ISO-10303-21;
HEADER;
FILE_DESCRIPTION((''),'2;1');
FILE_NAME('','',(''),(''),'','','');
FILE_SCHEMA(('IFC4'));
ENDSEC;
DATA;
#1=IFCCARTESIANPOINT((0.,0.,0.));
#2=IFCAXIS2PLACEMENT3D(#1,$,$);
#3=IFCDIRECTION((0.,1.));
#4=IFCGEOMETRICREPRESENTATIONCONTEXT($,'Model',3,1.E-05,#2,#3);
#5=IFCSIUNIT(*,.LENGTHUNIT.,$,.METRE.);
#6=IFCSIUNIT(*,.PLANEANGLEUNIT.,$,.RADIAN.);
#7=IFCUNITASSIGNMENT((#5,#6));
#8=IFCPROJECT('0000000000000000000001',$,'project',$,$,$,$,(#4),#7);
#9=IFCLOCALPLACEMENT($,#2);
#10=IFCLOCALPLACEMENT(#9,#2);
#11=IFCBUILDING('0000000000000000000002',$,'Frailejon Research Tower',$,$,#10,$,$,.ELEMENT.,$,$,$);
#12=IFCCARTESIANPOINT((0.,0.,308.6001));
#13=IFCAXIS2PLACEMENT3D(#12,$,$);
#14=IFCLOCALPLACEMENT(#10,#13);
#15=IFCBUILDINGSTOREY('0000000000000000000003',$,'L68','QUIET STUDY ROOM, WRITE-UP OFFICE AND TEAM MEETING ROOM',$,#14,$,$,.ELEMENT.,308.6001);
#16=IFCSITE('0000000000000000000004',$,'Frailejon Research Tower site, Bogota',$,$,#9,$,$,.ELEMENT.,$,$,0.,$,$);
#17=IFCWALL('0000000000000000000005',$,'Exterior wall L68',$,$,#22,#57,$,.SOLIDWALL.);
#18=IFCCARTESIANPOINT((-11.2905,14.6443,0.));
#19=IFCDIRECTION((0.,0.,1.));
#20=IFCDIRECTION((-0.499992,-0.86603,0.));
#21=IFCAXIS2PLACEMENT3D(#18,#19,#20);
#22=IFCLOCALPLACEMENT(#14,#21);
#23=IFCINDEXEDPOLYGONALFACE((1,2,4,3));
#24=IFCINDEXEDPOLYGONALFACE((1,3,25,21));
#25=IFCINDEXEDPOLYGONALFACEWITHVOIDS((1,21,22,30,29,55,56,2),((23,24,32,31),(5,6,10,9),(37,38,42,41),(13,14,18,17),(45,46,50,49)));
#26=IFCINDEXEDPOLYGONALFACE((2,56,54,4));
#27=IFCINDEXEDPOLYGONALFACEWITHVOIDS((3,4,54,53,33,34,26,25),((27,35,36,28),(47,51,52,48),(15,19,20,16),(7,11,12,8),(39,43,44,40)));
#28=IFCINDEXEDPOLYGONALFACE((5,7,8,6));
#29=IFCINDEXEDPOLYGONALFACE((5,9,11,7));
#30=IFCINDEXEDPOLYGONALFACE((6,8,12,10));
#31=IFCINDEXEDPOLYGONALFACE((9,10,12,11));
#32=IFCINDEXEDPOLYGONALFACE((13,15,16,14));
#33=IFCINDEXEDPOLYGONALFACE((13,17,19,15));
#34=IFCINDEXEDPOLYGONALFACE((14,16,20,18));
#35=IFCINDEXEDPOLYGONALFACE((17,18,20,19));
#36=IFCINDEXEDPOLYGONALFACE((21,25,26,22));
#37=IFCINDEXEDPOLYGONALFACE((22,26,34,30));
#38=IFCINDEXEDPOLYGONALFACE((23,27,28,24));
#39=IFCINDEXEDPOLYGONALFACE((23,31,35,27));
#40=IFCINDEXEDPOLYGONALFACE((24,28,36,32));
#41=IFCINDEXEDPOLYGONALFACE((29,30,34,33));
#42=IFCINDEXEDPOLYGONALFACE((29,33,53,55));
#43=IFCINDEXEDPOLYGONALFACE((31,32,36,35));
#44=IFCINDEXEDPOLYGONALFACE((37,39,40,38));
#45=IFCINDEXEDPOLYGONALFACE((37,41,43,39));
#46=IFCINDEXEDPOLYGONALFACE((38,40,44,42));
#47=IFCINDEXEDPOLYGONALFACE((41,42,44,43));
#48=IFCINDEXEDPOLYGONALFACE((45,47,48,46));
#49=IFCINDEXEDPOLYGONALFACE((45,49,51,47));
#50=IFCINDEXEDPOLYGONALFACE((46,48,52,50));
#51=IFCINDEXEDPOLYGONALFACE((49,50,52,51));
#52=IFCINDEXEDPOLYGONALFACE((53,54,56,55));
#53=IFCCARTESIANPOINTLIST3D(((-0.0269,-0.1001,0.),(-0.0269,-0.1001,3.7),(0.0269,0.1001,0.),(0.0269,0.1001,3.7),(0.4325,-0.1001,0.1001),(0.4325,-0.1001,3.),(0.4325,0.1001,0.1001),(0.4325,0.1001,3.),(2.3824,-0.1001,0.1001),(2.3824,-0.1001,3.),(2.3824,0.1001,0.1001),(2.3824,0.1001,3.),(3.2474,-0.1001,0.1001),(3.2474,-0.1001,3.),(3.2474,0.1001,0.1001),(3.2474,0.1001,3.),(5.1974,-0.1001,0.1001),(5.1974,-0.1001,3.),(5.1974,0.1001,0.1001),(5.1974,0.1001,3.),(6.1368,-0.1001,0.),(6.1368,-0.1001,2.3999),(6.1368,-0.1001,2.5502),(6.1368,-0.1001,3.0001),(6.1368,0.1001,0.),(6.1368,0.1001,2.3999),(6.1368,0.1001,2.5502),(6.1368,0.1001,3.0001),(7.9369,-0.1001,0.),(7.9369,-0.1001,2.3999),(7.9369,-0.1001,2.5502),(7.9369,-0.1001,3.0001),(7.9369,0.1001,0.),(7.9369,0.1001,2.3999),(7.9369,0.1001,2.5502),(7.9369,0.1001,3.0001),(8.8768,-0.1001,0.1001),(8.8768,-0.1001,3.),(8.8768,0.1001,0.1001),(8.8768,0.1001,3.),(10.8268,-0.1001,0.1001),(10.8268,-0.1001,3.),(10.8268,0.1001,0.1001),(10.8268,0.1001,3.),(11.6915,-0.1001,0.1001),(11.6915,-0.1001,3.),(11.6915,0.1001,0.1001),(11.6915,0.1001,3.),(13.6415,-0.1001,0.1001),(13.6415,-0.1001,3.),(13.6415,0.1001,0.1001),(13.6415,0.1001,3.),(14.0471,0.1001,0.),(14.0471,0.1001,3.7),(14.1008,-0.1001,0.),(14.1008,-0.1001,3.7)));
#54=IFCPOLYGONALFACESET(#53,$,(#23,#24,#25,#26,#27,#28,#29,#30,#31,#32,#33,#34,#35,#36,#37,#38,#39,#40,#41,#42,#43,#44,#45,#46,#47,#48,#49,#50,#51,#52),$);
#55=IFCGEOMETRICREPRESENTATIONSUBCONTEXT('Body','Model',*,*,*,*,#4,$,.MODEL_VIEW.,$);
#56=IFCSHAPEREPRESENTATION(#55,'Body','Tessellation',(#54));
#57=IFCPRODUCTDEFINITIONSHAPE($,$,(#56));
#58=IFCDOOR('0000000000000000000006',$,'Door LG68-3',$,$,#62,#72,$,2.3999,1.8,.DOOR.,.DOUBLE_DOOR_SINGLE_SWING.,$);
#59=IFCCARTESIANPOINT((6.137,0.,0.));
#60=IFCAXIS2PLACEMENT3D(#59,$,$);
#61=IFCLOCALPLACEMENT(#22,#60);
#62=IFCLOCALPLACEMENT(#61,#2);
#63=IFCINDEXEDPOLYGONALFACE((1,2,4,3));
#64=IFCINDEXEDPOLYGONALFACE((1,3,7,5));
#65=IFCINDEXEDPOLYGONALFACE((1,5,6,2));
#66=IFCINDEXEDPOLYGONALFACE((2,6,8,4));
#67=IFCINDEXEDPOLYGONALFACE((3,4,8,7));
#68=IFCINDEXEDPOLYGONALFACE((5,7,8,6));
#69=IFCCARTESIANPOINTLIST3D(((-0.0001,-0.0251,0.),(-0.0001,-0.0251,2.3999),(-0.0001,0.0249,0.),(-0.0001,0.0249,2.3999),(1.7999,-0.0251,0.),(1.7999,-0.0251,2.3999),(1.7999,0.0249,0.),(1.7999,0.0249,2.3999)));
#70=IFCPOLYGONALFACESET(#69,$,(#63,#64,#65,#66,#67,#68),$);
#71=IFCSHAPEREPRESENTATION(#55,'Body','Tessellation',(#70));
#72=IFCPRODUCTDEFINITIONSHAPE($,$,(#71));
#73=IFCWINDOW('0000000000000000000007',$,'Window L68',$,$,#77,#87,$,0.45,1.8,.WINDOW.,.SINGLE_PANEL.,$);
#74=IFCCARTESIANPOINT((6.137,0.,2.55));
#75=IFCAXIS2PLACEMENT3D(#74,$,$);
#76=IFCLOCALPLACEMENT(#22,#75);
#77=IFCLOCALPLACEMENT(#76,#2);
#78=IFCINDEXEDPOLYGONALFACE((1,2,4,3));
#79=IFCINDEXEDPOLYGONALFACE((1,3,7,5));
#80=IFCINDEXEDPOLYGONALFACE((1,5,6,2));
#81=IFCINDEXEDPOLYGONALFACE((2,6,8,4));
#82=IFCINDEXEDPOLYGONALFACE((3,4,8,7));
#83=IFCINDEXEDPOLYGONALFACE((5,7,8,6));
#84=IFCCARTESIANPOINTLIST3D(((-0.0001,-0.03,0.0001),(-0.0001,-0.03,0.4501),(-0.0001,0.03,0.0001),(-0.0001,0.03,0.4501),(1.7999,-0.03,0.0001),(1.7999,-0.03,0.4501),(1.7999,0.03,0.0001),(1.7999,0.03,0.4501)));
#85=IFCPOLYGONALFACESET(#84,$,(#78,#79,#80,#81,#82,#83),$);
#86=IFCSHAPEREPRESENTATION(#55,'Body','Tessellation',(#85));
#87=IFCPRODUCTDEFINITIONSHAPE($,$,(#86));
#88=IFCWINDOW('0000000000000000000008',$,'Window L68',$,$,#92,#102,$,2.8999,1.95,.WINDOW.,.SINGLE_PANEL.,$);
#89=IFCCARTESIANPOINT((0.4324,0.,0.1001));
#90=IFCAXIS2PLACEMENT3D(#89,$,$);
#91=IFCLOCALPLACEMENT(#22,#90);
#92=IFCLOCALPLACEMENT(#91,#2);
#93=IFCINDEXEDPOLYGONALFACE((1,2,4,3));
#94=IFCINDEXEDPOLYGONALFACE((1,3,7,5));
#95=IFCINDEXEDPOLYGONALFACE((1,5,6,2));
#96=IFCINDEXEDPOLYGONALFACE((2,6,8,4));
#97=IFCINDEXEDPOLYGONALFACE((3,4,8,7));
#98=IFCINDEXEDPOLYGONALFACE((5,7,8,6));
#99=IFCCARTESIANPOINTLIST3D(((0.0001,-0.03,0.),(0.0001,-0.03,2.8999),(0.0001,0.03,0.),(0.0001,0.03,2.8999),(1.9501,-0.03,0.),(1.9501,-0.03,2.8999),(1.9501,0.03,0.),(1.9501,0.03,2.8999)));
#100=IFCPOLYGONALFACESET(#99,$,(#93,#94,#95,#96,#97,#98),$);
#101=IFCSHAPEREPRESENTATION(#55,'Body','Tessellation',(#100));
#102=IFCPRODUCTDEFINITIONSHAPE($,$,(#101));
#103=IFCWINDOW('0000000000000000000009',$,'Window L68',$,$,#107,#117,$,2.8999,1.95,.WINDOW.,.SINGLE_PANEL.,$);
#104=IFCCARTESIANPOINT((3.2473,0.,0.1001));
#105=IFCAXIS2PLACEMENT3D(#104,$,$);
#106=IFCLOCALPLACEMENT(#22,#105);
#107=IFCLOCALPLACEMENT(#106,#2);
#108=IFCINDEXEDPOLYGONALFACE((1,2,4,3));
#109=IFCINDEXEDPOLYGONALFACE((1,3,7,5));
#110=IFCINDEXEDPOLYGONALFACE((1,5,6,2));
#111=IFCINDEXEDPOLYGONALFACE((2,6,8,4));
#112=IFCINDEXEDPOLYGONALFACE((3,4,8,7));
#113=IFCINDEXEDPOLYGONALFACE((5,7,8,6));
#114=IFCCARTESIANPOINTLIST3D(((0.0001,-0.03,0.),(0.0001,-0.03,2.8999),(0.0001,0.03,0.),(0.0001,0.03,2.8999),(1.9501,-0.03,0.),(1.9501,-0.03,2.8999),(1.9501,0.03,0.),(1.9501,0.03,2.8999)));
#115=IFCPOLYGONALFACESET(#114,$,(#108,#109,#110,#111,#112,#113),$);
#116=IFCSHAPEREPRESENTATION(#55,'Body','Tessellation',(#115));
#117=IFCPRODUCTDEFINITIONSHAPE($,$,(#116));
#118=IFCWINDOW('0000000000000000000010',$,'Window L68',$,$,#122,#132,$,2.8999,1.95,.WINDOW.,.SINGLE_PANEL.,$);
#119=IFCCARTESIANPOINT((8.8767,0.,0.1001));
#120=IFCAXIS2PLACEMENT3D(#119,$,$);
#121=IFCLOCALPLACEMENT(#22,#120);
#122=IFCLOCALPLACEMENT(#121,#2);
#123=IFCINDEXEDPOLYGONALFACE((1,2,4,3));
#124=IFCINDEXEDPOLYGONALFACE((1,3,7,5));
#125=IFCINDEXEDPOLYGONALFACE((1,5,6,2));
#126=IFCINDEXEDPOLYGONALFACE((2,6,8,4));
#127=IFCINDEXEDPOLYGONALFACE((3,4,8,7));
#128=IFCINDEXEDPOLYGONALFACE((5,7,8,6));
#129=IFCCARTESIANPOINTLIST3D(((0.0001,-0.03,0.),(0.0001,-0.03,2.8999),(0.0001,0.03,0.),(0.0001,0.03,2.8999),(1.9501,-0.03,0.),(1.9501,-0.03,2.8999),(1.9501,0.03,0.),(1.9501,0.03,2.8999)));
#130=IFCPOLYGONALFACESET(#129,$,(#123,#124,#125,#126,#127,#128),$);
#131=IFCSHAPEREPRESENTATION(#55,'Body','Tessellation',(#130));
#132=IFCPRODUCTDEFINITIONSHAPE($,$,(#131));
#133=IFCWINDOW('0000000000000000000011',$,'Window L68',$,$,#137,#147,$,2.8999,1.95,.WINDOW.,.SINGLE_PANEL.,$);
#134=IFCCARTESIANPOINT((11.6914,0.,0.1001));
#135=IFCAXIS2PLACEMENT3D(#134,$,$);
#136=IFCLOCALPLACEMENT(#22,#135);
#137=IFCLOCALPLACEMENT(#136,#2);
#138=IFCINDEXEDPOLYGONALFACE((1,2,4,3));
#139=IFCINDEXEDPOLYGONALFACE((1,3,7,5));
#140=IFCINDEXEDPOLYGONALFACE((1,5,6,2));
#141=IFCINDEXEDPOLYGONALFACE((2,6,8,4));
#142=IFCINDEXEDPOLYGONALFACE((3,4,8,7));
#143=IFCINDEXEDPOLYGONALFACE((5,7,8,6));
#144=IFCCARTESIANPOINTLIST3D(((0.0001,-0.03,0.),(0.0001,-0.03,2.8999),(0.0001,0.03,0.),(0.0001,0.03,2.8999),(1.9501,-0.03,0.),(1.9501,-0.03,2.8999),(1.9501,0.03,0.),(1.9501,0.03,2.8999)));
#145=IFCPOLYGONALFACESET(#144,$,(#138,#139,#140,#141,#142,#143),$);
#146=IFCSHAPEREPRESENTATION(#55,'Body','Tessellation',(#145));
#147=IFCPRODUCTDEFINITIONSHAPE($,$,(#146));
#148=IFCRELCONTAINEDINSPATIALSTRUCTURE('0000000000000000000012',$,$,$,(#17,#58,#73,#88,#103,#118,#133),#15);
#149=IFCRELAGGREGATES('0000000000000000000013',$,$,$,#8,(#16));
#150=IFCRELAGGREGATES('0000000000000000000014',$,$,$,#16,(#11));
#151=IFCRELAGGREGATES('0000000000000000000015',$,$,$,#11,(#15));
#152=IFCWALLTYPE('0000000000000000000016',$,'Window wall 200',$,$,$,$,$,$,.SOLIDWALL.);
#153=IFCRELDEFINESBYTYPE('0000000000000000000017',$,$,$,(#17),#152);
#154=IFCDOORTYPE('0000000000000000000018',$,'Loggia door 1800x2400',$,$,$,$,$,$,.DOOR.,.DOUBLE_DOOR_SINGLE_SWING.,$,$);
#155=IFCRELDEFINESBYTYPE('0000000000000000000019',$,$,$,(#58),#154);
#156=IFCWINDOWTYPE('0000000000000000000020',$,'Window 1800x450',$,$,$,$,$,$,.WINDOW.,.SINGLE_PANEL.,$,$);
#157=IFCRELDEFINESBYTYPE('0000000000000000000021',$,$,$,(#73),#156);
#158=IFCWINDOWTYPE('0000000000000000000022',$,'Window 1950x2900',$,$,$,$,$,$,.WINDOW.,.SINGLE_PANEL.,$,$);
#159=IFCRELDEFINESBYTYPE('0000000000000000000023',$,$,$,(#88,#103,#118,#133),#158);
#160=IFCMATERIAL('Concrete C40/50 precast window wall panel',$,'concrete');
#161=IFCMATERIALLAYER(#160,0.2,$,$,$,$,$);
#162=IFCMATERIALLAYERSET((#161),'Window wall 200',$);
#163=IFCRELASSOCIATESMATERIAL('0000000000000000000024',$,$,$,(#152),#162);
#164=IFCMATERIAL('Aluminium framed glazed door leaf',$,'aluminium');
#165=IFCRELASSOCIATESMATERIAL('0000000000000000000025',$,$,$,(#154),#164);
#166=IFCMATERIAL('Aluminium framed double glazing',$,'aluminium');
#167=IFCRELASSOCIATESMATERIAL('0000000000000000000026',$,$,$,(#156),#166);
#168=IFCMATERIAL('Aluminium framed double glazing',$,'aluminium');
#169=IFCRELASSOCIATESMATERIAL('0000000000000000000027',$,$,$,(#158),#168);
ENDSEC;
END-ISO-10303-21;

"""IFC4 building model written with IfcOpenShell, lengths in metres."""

from ifc_helpers import new_model, si_unit, direction, frame, frame_2d, origin, place, context, subcontext, project, spatial, polyline, rectangle, outline, extrude, material, layer, layer_set, type_object, element, fill, save


model = new_model("IFC4")

# Units and contexts
model_context = context("Model", 3, precision=1e-05, world=origin(), true_north=direction((0.0, 1.0)))
body_context = subcontext(model_context, "Body", "Model", "MODEL_VIEW")
ifc_project = project(units=[si_unit("LENGTHUNIT", "METRE"), si_unit("PLANEANGLEUNIT", "RADIAN")], contexts=[model_context])

# Site, building, storey
site_placement = place(None, origin())
site = spatial("IfcSite", under=ifc_project, at=site_placement, Name="Frailejon Research Tower site, Bogota", CompositionType="ELEMENT", RefElevation=0.0)
building_placement = place(site_placement, origin())
building = spatial("IfcBuilding", under=site, at=building_placement, Name="Frailejon Research Tower", CompositionType="ELEMENT")
storey_placement = place(building_placement, frame((0.0, 0.0, 308.6001)))
storey = spatial("IfcBuildingStorey", under=building, at=storey_placement, Name="L68", Description="QUIET STUDY ROOM, WRITE-UP OFFICE AND TEAM MEETING ROOM", CompositionType="ELEMENT", Elevation=308.6001)

# Wall, openings, door, windows
ifc_material_1 = material(Name="Concrete C40/50 precast window wall panel", Category="concrete")
ifc_layer_1 = layer(ifc_material_1, 0.2)
ifc_layer_set_1 = layer_set([ifc_layer_1], Name="Window wall 200")
wall_type = type_object("IfcWallType", Name="Window wall 200", PredefinedType="SOLIDWALL", material=ifc_layer_set_1)
wall_placement = place(storey_placement, frame((-11.2905, 14.6443, 0.0), z_axis=(0.0, 0.0, 1.0), x_axis=(-0.499992, -0.86603, 0.0)))
wall = element("IfcWall", 1, at=wall_placement, inside=storey, type_object=wall_type, Name="Exterior wall L68", PredefinedType="SOLIDWALL", context=body_context, shape_type="SweptSolid", body=[
    extrude(outline(polyline([(-0.0269, -0.1001), (0.9822, -0.1001), (1.9915, -0.1001), (3.0005, -0.1001), (4.0095, -0.1001), (5.0188, -0.1001), (6.0278, -0.1001), (7.0371, -0.1001), (8.0461, -0.1001), (9.0552, -0.1001), (10.0645, -0.1001), (11.0735, -0.1001), (12.0825, -0.1001), (13.0918, -0.1001), (14.1008, -0.1001), (14.0471, 0.1001), (13.0457, 0.1001), (12.0442, 0.1001), (11.0427, 0.1001), (10.0413, 0.1001), (9.0398, 0.1001), (8.0383, 0.1001), (7.0371, 0.1001), (6.0356, 0.1001), (5.0342, 0.1001), (4.0327, 0.1001), (3.0312, 0.1001), (2.0298, 0.1001), (1.0283, 0.1001), (0.0269, 0.1001), (-0.0269, -0.1001)])), origin(), (0.0, 0.0, 1.0), 3.7),
])
opening_1_placement = place(wall_placement, frame((0.4324, 0.0, 0.1001)))
opening_1 = element("IfcOpeningElement", 2, at=opening_1_placement, cuts=wall, PredefinedType="OPENING", context=body_context, shape_type="SweptSolid", body=[
    extrude(rectangle(XDim=1.95, YDim=2.8999, at=frame_2d((0.9751, 1.45))), frame((0.0, 0.1099, 0.0), z_axis=(0.0, -1.0, 0.0), x_axis=(1.0, 0.0, 0.0)), (0.0, 0.0, 1.0), 0.22),
])
opening_2_placement = place(wall_placement, frame((3.2473, 0.0, 0.1001)))
opening_2 = element("IfcOpeningElement", 3, at=opening_2_placement, cuts=wall, PredefinedType="OPENING", context=body_context, shape_type="SweptSolid", body=[
    extrude(rectangle(XDim=1.95, YDim=2.8999, at=frame_2d((0.9751, 1.45))), frame((0.0, 0.1099, 0.0), z_axis=(0.0, -1.0, 0.0), x_axis=(1.0, 0.0, 0.0)), (0.0, 0.0, 1.0), 0.22),
])
opening_3_placement = place(wall_placement, frame((6.137, 0.0, 0.0)))
opening_3 = element("IfcOpeningElement", 4, at=opening_3_placement, cuts=wall, PredefinedType="OPENING", context=body_context, shape_type="SweptSolid", body=[
    extrude(rectangle(XDim=1.8, YDim=2.3999, at=frame_2d((0.8999, 1.2))), frame((0.0, 0.1099, 0.0), z_axis=(0.0, -1.0, 0.0), x_axis=(1.0, 0.0, 0.0)), (0.0, 0.0, 1.0), 0.22),
])
opening_4_placement = place(wall_placement, frame((6.137, 0.0, 2.55)))
opening_4 = element("IfcOpeningElement", 5, at=opening_4_placement, cuts=wall, PredefinedType="OPENING", context=body_context, shape_type="SweptSolid", body=[
    extrude(rectangle(XDim=1.8, YDim=0.45, at=frame_2d((0.8999, 0.2251))), frame((0.0, 0.1099, 0.0), z_axis=(0.0, -1.0, 0.0), x_axis=(1.0, 0.0, 0.0)), (0.0, 0.0, 1.0), 0.22),
])
opening_5_placement = place(wall_placement, frame((8.8767, 0.0, 0.1001)))
opening_5 = element("IfcOpeningElement", 6, at=opening_5_placement, cuts=wall, PredefinedType="OPENING", context=body_context, shape_type="SweptSolid", body=[
    extrude(rectangle(XDim=1.95, YDim=2.8999, at=frame_2d((0.9751, 1.45))), frame((0.0, 0.1099, 0.0), z_axis=(0.0, -1.0, 0.0), x_axis=(1.0, 0.0, 0.0)), (0.0, 0.0, 1.0), 0.22),
])
opening_6_placement = place(wall_placement, frame((11.6914, 0.0, 0.1001)))
opening_6 = element("IfcOpeningElement", 7, at=opening_6_placement, cuts=wall, PredefinedType="OPENING", context=body_context, shape_type="SweptSolid", body=[
    extrude(rectangle(XDim=1.95, YDim=2.8999, at=frame_2d((0.9751, 1.45))), frame((0.0, 0.1099, 0.0), z_axis=(0.0, -1.0, 0.0), x_axis=(1.0, 0.0, 0.0)), (0.0, 0.0, 1.0), 0.22),
])
ifc_material_2 = material(Name="Aluminium framed glazed door leaf", Category="aluminium")
door_type = type_object("IfcDoorType", Name="Loggia door 1800x2400", OperationType="DOUBLE_DOOR_SINGLE_SWING", PredefinedType="DOOR", material=ifc_material_2)
door_placement = place(opening_3_placement, origin())
door = element("IfcDoor", 8, at=door_placement, inside=storey, type_object=door_type, Name="Door LG68-3", OperationType="DOUBLE_DOOR_SINGLE_SWING", OverallHeight=2.3999, OverallWidth=1.8, PredefinedType="DOOR", context=body_context, shape_type="SweptSolid", body=[
    extrude(rectangle(XDim=1.8, YDim=2.3999, at=frame_2d((0.8999, 1.2))), frame((0.0, 0.0249, 0.0), z_axis=(0.0, -1.0, 0.0), x_axis=(1.0, 0.0, 0.0)), (0.0, 0.0, 1.0), 0.05),
])
fill(opening_3, door)
ifc_material_3 = material(Name="Aluminium framed double glazing", Category="aluminium")
window_type_1 = type_object("IfcWindowType", Name="Window 1800x450", PartitioningType="SINGLE_PANEL", PredefinedType="WINDOW", material=ifc_material_3)
window_1_placement = place(opening_4_placement, origin())
window_1 = element("IfcWindow", 9, at=window_1_placement, inside=storey, type_object=window_type_1, Name="Window L68", OverallHeight=0.45, OverallWidth=1.8, PartitioningType="SINGLE_PANEL", PredefinedType="WINDOW", context=body_context, shape_type="SweptSolid", body=[
    extrude(rectangle(XDim=1.8, YDim=0.45, at=frame_2d((0.8999, 0.2251))), frame((0.0, 0.03, 0.0), z_axis=(0.0, -1.0, 0.0), x_axis=(1.0, 0.0, 0.0)), (0.0, 0.0, 1.0), 0.0601),
])
fill(opening_4, window_1)
ifc_material_4 = material(Name="Aluminium framed double glazing", Category="aluminium")
window_type_2 = type_object("IfcWindowType", Name="Window 1950x2900", PartitioningType="SINGLE_PANEL", PredefinedType="WINDOW", material=ifc_material_4)
window_2_placement = place(opening_1_placement, origin())
window_2 = element("IfcWindow", 10, at=window_2_placement, inside=storey, type_object=window_type_2, Name="Window L68", OverallHeight=2.8999, OverallWidth=1.95, PartitioningType="SINGLE_PANEL", PredefinedType="WINDOW", context=body_context, shape_type="SweptSolid", body=[
    extrude(rectangle(XDim=1.95, YDim=2.8999, at=frame_2d((0.9751, 1.45))), frame((0.0, 0.03, 0.0), z_axis=(0.0, -1.0, 0.0), x_axis=(1.0, 0.0, 0.0)), (0.0, 0.0, 1.0), 0.0601),
])
fill(opening_1, window_2)
window_3_placement = place(opening_2_placement, origin())
window_3 = element("IfcWindow", 11, at=window_3_placement, inside=storey, type_object=window_type_2, Name="Window L68", OverallHeight=2.8999, OverallWidth=1.95, PartitioningType="SINGLE_PANEL", PredefinedType="WINDOW", context=body_context, shape_type="SweptSolid", body=[
    extrude(rectangle(XDim=1.95, YDim=2.8999, at=frame_2d((0.9751, 1.45))), frame((0.0, 0.03, 0.0), z_axis=(0.0, -1.0, 0.0), x_axis=(1.0, 0.0, 0.0)), (0.0, 0.0, 1.0), 0.0601),
])
fill(opening_2, window_3)
window_4_placement = place(opening_5_placement, origin())
window_4 = element("IfcWindow", 12, at=window_4_placement, inside=storey, type_object=window_type_2, Name="Window L68", OverallHeight=2.8999, OverallWidth=1.95, PartitioningType="SINGLE_PANEL", PredefinedType="WINDOW", context=body_context, shape_type="SweptSolid", body=[
    extrude(rectangle(XDim=1.95, YDim=2.8999, at=frame_2d((0.9751, 1.45))), frame((0.0, 0.03, 0.0), z_axis=(0.0, -1.0, 0.0), x_axis=(1.0, 0.0, 0.0)), (0.0, 0.0, 1.0), 0.0601),
])
fill(opening_5, window_4)
window_5_placement = place(opening_6_placement, origin())
window_5 = element("IfcWindow", 13, at=window_5_placement, inside=storey, type_object=window_type_2, Name="Window L68", OverallHeight=2.8999, OverallWidth=1.95, PartitioningType="SINGLE_PANEL", PredefinedType="WINDOW", context=body_context, shape_type="SweptSolid", body=[
    extrude(rectangle(XDim=1.95, YDim=2.8999, at=frame_2d((0.9751, 1.45))), frame((0.0, 0.03, 0.0), z_axis=(0.0, -1.0, 0.0), x_axis=(1.0, 0.0, 0.0)), (0.0, 0.0, 1.0), 0.0601),
])
fill(opening_6, window_5)

save(model, "model.ifc")
